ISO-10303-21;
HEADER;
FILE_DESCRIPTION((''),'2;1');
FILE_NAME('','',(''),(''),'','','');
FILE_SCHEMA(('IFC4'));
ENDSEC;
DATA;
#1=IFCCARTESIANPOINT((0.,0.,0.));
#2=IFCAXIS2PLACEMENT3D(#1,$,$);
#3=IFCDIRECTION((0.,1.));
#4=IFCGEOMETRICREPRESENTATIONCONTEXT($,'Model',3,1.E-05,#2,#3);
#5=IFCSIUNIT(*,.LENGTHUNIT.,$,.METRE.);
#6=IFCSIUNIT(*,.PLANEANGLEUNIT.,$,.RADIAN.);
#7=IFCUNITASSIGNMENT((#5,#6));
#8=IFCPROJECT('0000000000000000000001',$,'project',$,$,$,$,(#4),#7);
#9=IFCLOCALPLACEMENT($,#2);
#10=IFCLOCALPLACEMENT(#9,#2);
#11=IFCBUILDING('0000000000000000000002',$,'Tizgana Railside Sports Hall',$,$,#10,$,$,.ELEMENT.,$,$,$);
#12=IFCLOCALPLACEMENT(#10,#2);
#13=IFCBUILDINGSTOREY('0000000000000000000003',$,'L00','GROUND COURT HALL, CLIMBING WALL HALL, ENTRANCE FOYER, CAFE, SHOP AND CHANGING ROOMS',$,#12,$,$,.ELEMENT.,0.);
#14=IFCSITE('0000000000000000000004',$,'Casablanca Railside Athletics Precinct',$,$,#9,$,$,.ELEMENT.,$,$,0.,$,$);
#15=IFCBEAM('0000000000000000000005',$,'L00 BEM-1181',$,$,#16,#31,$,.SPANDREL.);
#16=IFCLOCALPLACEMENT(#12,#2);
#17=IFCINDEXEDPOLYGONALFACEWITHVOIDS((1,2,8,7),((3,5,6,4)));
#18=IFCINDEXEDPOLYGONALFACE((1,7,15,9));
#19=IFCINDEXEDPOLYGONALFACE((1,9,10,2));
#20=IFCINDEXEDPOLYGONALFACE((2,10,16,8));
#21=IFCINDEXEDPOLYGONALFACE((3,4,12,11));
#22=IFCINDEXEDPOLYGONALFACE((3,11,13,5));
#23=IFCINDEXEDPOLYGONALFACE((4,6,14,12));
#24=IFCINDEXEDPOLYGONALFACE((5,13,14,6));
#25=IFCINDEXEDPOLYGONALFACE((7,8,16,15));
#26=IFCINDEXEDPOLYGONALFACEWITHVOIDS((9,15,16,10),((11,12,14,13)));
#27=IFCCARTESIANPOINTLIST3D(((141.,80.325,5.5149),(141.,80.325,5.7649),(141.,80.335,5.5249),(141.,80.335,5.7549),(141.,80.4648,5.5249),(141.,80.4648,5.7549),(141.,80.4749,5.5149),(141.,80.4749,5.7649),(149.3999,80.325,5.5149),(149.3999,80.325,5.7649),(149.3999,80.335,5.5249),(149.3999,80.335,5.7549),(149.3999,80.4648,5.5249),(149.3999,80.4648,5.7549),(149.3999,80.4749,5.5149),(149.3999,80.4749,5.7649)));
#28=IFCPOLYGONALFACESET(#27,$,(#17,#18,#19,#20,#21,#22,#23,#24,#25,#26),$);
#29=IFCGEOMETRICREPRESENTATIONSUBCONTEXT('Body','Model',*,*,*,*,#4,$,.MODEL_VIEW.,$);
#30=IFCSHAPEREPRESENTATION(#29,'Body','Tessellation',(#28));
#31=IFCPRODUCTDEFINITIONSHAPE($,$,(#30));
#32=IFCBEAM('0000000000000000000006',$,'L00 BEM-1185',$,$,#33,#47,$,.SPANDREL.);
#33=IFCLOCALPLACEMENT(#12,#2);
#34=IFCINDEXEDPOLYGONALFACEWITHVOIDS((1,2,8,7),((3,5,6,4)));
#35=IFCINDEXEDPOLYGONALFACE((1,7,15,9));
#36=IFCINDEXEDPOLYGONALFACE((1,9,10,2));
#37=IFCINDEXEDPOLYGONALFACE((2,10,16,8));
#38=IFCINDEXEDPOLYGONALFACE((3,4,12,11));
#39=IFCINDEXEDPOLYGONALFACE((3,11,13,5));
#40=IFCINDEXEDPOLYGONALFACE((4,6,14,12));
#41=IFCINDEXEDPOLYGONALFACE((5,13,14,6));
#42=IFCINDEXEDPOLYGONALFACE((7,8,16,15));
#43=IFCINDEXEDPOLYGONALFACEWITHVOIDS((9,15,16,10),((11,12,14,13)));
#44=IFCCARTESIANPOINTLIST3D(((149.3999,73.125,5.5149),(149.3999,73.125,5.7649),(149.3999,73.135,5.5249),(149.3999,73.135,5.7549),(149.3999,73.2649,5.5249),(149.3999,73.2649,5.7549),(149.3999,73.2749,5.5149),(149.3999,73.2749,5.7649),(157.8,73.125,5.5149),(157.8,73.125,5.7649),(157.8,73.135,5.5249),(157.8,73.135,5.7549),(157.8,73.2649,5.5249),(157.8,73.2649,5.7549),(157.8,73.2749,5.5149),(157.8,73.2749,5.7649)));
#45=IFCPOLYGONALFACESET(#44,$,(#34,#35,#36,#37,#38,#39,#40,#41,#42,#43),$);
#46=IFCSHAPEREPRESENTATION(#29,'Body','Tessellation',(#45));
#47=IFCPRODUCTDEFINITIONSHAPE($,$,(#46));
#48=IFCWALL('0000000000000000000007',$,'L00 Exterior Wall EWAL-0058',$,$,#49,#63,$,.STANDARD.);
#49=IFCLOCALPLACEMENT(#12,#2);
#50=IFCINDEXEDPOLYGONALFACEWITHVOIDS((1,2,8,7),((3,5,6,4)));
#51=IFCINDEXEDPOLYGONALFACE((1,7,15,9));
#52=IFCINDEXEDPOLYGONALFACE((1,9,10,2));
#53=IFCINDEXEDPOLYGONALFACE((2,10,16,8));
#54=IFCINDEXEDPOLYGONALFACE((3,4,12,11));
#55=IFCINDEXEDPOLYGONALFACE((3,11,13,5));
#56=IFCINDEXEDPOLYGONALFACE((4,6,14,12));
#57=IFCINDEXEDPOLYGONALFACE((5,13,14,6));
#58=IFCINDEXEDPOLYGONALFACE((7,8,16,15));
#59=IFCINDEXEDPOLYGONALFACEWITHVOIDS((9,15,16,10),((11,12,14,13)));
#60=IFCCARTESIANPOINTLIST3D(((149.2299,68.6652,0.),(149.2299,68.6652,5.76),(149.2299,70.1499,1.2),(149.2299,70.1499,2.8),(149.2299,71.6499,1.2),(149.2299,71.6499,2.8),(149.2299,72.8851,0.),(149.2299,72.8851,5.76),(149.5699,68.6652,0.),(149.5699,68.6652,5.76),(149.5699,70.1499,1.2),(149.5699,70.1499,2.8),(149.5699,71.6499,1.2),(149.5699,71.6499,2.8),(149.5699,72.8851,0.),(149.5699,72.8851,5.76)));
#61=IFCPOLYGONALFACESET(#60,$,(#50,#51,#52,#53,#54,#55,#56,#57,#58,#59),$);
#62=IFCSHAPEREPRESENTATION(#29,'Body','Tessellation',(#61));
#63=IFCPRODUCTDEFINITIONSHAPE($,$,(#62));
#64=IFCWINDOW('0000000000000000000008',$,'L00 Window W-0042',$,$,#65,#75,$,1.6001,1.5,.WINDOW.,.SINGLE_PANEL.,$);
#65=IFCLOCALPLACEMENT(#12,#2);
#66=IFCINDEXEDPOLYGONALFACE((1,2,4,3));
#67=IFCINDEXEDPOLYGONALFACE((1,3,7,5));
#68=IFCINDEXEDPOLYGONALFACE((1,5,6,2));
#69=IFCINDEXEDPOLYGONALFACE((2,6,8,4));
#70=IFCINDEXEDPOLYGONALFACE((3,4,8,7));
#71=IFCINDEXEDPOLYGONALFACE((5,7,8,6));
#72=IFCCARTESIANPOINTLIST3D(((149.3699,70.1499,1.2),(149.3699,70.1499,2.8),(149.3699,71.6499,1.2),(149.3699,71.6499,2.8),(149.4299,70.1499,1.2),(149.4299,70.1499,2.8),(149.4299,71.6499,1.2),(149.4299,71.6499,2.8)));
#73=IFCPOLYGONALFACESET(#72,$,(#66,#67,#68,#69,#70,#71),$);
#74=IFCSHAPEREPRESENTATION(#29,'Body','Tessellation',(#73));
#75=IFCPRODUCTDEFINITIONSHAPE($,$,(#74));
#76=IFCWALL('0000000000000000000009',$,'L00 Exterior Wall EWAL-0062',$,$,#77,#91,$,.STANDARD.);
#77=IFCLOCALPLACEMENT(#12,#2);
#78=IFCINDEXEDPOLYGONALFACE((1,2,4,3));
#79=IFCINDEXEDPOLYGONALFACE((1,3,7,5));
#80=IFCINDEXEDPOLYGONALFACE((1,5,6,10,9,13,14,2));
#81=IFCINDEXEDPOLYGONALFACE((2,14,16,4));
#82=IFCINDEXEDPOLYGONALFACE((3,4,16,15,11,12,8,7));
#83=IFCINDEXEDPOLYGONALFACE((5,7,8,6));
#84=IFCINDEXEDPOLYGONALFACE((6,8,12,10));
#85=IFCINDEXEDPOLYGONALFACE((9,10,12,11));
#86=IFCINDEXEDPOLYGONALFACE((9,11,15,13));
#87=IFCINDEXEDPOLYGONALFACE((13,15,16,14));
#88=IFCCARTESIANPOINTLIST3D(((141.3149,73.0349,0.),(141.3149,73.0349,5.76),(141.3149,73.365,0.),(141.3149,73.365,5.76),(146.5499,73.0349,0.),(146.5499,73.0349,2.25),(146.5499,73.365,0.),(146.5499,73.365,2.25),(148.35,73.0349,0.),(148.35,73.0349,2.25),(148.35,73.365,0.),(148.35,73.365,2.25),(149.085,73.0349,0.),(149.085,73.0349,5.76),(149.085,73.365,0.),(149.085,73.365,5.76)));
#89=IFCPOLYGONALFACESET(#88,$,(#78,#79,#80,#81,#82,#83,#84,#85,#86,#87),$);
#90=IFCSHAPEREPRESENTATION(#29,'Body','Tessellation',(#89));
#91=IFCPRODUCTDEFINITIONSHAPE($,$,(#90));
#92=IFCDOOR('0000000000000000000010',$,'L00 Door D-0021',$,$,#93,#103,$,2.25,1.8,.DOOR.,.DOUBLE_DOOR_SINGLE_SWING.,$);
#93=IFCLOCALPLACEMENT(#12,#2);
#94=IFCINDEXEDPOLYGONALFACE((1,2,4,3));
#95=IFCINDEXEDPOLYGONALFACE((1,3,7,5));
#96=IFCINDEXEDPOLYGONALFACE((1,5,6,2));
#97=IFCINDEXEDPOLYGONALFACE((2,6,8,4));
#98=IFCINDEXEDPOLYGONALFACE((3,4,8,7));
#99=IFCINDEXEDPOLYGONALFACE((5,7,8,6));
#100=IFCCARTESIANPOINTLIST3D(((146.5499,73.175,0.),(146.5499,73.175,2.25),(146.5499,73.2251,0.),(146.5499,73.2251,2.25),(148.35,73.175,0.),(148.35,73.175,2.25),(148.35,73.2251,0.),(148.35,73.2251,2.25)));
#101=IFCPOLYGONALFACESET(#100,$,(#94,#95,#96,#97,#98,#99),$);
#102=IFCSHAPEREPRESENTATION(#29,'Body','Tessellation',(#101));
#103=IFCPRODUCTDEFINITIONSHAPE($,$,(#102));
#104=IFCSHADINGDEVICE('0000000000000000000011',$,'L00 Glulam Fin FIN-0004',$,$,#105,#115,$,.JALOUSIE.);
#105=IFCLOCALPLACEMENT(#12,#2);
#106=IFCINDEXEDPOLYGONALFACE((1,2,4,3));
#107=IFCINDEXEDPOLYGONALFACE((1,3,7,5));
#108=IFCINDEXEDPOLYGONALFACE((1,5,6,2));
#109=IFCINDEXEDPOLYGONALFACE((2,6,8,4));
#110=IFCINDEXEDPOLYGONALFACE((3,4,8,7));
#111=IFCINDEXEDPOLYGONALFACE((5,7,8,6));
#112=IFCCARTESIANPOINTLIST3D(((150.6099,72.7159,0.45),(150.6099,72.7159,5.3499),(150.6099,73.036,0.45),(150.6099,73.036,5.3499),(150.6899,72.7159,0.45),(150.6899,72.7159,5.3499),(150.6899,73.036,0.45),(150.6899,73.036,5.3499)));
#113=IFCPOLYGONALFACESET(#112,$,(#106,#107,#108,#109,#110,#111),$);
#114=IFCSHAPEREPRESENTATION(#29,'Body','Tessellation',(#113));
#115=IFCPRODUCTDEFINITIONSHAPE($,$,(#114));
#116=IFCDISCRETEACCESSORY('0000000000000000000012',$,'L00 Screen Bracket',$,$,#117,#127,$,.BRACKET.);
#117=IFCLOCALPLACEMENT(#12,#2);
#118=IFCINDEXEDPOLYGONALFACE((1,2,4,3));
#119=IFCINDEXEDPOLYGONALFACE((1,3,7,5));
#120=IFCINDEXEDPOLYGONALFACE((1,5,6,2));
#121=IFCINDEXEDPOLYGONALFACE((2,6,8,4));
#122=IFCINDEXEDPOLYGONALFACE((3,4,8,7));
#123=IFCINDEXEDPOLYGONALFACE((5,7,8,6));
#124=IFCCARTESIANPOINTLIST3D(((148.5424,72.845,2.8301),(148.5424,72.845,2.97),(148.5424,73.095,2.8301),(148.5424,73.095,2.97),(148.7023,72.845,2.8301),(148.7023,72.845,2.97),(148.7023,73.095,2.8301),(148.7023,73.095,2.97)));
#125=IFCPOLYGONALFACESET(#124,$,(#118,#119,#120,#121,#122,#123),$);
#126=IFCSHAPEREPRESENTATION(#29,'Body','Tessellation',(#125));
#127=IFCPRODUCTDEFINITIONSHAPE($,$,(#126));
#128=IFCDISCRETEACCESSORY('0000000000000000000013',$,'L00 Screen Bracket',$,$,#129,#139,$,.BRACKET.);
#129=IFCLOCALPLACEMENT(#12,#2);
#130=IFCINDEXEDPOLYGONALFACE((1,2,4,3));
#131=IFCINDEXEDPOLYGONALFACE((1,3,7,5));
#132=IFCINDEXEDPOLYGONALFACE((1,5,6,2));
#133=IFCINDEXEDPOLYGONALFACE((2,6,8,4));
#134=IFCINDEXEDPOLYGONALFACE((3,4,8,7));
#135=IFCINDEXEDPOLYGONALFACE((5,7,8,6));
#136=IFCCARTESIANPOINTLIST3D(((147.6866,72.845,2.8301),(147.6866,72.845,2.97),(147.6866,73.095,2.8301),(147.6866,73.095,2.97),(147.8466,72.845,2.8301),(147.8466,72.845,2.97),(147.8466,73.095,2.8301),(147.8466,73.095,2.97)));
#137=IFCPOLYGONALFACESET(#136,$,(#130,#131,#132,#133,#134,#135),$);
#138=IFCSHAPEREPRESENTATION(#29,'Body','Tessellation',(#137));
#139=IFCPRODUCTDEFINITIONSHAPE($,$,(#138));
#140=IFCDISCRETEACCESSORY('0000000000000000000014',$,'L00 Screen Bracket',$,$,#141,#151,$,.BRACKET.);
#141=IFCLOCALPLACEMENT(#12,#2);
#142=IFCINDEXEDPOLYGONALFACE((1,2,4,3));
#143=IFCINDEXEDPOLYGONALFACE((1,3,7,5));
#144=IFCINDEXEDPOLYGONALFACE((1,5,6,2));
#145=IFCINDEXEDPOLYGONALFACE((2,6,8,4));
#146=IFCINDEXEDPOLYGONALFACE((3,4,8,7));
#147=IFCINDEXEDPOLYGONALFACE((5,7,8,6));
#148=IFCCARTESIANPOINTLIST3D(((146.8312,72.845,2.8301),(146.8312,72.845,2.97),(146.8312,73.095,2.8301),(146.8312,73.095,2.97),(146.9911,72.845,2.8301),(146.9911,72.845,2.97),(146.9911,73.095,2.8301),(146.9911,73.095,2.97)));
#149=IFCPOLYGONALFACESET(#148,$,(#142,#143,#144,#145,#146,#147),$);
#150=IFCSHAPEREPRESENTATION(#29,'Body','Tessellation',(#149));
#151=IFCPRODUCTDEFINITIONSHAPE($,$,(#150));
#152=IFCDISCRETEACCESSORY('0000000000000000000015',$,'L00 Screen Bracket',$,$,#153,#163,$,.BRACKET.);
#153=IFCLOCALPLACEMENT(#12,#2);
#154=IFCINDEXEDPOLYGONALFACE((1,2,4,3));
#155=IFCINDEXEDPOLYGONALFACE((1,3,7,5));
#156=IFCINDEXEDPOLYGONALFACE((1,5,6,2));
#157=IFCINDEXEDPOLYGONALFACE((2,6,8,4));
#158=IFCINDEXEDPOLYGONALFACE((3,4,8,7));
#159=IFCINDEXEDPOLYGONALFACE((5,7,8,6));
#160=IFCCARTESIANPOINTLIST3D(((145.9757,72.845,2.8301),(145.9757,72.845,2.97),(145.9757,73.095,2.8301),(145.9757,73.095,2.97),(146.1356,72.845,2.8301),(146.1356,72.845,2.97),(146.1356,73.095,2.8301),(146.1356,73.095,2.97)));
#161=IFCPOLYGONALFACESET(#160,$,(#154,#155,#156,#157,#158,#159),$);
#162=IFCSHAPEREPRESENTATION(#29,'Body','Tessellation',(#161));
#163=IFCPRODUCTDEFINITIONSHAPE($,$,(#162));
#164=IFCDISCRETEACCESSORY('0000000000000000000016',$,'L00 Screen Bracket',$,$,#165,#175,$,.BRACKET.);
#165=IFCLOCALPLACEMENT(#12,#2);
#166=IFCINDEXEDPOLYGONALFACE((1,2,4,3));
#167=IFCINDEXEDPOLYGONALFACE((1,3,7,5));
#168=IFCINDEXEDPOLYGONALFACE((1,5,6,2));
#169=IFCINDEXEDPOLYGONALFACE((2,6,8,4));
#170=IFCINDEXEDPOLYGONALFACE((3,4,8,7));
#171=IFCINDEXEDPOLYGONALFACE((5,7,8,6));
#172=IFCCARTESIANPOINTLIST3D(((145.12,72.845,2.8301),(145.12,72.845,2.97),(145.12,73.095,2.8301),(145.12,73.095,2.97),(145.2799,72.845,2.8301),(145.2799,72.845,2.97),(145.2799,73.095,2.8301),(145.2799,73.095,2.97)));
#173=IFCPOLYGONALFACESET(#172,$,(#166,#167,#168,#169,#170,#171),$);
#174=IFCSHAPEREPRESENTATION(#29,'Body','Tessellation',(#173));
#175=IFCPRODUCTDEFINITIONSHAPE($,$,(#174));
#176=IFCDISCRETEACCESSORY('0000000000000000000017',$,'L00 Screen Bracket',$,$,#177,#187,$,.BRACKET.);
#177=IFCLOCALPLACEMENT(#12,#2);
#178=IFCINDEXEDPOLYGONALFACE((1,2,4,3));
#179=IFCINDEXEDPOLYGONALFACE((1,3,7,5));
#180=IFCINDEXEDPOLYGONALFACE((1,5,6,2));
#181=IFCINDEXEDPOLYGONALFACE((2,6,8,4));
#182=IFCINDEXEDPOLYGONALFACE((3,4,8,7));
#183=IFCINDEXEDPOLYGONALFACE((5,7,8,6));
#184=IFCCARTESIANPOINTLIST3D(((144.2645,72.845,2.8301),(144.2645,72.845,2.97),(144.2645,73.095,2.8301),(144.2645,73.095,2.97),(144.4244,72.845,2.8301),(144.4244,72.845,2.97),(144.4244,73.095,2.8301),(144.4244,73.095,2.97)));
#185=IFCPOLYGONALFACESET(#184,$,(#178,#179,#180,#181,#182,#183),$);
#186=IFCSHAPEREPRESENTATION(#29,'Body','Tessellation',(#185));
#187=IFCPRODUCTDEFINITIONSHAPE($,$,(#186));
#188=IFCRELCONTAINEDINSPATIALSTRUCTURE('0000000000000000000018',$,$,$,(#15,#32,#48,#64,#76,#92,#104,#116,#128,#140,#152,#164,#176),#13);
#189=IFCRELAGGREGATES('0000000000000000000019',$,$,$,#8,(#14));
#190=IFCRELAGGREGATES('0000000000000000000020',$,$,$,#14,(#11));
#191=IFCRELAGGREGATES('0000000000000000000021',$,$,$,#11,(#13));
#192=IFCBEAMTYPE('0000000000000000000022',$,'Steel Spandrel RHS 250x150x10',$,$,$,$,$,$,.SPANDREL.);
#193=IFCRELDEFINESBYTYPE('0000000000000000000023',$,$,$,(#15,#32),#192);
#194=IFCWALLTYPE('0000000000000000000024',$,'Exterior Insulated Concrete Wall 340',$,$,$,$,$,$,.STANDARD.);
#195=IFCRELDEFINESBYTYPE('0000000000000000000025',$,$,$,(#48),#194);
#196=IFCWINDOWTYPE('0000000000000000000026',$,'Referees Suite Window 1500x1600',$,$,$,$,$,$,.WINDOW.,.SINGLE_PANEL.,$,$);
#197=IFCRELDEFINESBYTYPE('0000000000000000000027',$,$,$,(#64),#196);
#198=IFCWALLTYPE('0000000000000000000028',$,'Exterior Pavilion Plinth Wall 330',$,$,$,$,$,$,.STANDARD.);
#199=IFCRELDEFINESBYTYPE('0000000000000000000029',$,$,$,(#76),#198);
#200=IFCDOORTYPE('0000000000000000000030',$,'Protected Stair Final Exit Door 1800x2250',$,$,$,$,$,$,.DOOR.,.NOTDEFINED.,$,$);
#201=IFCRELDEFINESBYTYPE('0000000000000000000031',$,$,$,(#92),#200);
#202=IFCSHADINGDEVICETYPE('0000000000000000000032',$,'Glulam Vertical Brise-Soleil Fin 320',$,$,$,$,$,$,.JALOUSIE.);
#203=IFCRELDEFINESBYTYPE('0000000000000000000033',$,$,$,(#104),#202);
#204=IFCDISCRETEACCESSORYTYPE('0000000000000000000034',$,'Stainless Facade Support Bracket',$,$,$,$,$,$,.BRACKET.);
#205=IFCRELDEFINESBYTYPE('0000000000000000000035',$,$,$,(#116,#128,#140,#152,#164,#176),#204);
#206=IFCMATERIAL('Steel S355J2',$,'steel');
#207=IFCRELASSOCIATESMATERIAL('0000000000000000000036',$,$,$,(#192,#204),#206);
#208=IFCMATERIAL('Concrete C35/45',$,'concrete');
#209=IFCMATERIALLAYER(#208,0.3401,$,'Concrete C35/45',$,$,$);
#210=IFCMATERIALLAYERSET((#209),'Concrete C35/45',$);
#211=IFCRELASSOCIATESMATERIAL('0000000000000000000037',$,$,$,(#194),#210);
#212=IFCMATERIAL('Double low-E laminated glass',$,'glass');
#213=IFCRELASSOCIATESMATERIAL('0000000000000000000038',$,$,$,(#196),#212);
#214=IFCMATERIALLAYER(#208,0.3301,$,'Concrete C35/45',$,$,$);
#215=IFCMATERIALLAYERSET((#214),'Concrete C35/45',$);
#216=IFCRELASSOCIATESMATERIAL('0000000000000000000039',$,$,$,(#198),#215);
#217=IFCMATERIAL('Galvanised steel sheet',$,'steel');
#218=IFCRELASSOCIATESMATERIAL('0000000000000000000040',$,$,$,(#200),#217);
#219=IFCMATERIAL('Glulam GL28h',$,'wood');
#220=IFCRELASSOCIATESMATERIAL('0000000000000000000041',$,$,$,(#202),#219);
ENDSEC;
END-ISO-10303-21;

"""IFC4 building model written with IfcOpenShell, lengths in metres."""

from ifc_helpers import new_model, si_unit, direction, frame, frame_2d, origin, origin_2d, place, context, subcontext, project, spatial, rectangle, hollow_rectangle, extrude, material, layer, layer_set, material_profile, profile_set, type_object, element, fill, save


model = new_model("IFC4")

# Units and contexts
model_context = context("Model", 3, precision=1e-05, world=origin(), true_north=direction((0.0, 1.0)))
body_context = subcontext(model_context, "Body", "Model", "MODEL_VIEW")
ifc_project = project(units=[si_unit("LENGTHUNIT", "METRE"), si_unit("PLANEANGLEUNIT", "RADIAN")], contexts=[model_context])

# Site, building, storey
site_placement = place(None, origin())
site = spatial("IfcSite", under=ifc_project, at=site_placement, Name="Casablanca Railside Athletics Precinct", CompositionType="ELEMENT", RefElevation=0.0)
building_placement = place(site_placement, origin())
building = spatial("IfcBuilding", under=site, at=building_placement, Name="Tizgana Railside Sports Hall", CompositionType="ELEMENT")
storey_placement = place(building_placement, origin())
storey = spatial("IfcBuildingStorey", under=building, at=storey_placement, Name="L00", Description="GROUND COURT HALL, CLIMBING WALL HALL, ENTRANCE FOYER, CAFE, SHOP AND CHANGING ROOMS", CompositionType="ELEMENT", Elevation=0.0)

# Beams
ifc_material_1 = material(Name="Steel S355J2", Category="steel")
ifc_material_profile_1 = material_profile(ifc_material_1, hollow_rectangle(XDim=0.1499, YDim=0.25, WallThickness=0.01, at=origin_2d()), Name="RHS 250x150x10")
ifc_profile_set_1 = profile_set([ifc_material_profile_1], Name="Steel S355J2")
beam_type_1 = type_object("IfcBeamType", Name="Steel Spandrel RHS 250x150x10", PredefinedType="SPANDREL", material=ifc_profile_set_1)
for number, where, z_axis, x_axis, name in (
    (1, (141.0, 80.3999, 5.6399), (1.0, 0.0, 0.0), (0.0, 1.0, 0.0), "L00 BEM-1181"),
):
    element("IfcBeam", number, at=place(storey_placement, frame(where, z_axis=z_axis, x_axis=x_axis)), inside=storey, type_object=beam_type_1, Name=name, PredefinedType="SPANDREL", context=body_context, shape_type="SweptSolid", body=[
        extrude(hollow_rectangle(XDim=0.1499, YDim=0.25, WallThickness=0.01, at=origin_2d()), origin(), (0.0, 0.0, 1.0), 8.3999),
    ])
beam_1_placement = place(storey_placement, frame((149.3999, 73.2, 5.6399), z_axis=(1.0, 0.0, 0.0), x_axis=(0.0, 1.0, 0.0)))
element("IfcBeam", 2, at=beam_1_placement, inside=storey, type_object=beam_type_1, Name="L00 BEM-1185", PredefinedType="SPANDREL", context=body_context, shape_type="SweptSolid", body=[
    extrude(hollow_rectangle(XDim=0.1499, YDim=0.25, WallThickness=0.01, at=origin_2d()), origin(), (0.0, 0.0, 1.0), 8.4001),
])

# Wall, opening, window
ifc_material_2 = material(Name="Concrete C35/45", Category="concrete")
ifc_layer_1 = layer(ifc_material_2, 0.3401, Name="Concrete C35/45")
ifc_layer_set_1 = layer_set([ifc_layer_1], Name="Concrete C35/45")
wall_type_1 = type_object("IfcWallType", Name="Exterior Insulated Concrete Wall 340", PredefinedType="STANDARD", material=ifc_layer_set_1)
wall_1_placement = place(storey_placement, frame((149.3999, 72.885, 0.0), z_axis=(0.0, 0.0, 1.0), x_axis=(0.0, -1.0, 0.0)))
wall_1 = element("IfcWall", 3, at=wall_1_placement, inside=storey, type_object=wall_type_1, Name="L00 Exterior Wall EWAL-0058", PredefinedType="STANDARD", context=body_context, shape_type="SweptSolid", body=[
    extrude(rectangle(XDim=4.22, YDim=0.3401, at=frame_2d((2.1099, 0.0))), origin(), (0.0, 0.0, 1.0), 5.76),
])
opening_1_placement = place(wall_1_placement, frame((1.2351, 0.0, 1.2)))
opening_1 = element("IfcOpeningElement", 4, at=opening_1_placement, cuts=wall_1, PredefinedType="OPENING", context=body_context, shape_type="SweptSolid", body=[
    extrude(rectangle(XDim=1.5, YDim=1.6001, at=frame_2d((0.75, 0.8))), frame((0.0, 0.1799, 0.0), z_axis=(0.0, -1.0, 0.0), x_axis=(1.0, 0.0, 0.0)), (0.0, 0.0, 1.0), 0.3601),
])
ifc_material_3 = material(Name="Double low-E laminated glass", Category="glass")
window_type = type_object("IfcWindowType", Name="Referees Suite Window 1500x1600", PartitioningType="SINGLE_PANEL", PredefinedType="WINDOW", material=ifc_material_3)
window_placement = place(opening_1_placement, origin())
window = element("IfcWindow", 5, at=window_placement, inside=storey, type_object=window_type, Name="L00 Window W-0042", OverallHeight=1.6001, OverallWidth=1.5, PartitioningType="SINGLE_PANEL", PredefinedType="WINDOW", context=body_context, shape_type="SweptSolid", body=[
    extrude(rectangle(XDim=1.5, YDim=1.6001, at=frame_2d((0.75, 0.8))), frame((0.0, 0.03, 0.0), z_axis=(0.0, -1.0, 0.0), x_axis=(1.0, 0.0, 0.0)), (0.0, 0.0, 1.0), 0.0601),
])
fill(opening_1, window)

# Wall, opening, door
ifc_layer_2 = layer(ifc_material_2, 0.3301, Name="Concrete C35/45")
ifc_layer_set_2 = layer_set([ifc_layer_2], Name="Concrete C35/45")
wall_type_2 = type_object("IfcWallType", Name="Exterior Pavilion Plinth Wall 330", PredefinedType="STANDARD", material=ifc_layer_set_2)
wall_2_placement = place(storey_placement, frame((149.085, 73.2, 0.0), z_axis=(0.0, 0.0, 1.0), x_axis=(-1.0, 0.0, 0.0)))
wall_2 = element("IfcWall", 6, at=wall_2_placement, inside=storey, type_object=wall_type_2, Name="L00 Exterior Wall EWAL-0062", PredefinedType="STANDARD", context=body_context, shape_type="SweptSolid", body=[
    extrude(rectangle(XDim=7.77, YDim=0.3301, at=frame_2d((3.885, 0.0))), origin(), (0.0, 0.0, 1.0), 5.76),
])
opening_2_placement = place(wall_2_placement, frame((0.7351, 0.0, 0.0)))
opening_2 = element("IfcOpeningElement", 7, at=opening_2_placement, cuts=wall_2, PredefinedType="OPENING", context=body_context, shape_type="SweptSolid", body=[
    extrude(rectangle(XDim=1.8, YDim=2.25, at=frame_2d((0.8999, 1.125))), frame((0.0, 0.175, 0.0), z_axis=(0.0, -1.0, 0.0), x_axis=(1.0, 0.0, 0.0)), (0.0, 0.0, 1.0), 0.3501),
])
ifc_material_4 = material(Name="Galvanised steel sheet", Category="steel")
door_type = type_object("IfcDoorType", Name="Protected Stair Final Exit Door 1800x2250", OperationType="NOTDEFINED", PredefinedType="DOOR", material=ifc_material_4)
door_placement = place(opening_2_placement, origin())
door = element("IfcDoor", 8, at=door_placement, inside=storey, type_object=door_type, Name="L00 Door D-0021", OperationType="DOUBLE_DOOR_SINGLE_SWING", OverallHeight=2.25, OverallWidth=1.8, PredefinedType="DOOR", context=body_context, shape_type="SweptSolid", body=[
    extrude(rectangle(XDim=1.8, YDim=2.25, at=frame_2d((0.8999, 1.125))), frame((0.0, 0.0249, 0.0), z_axis=(0.0, -1.0, 0.0), x_axis=(1.0, 0.0, 0.0)), (0.0, 0.0, 1.0), 0.05),
])
fill(opening_2, door)

# Shading device
ifc_material_5 = material(Name="Glulam GL28h", Category="wood")
shading_device_type = type_object("IfcShadingDeviceType", Name="Glulam Vertical Brise-Soleil Fin 320", PredefinedType="JALOUSIE", material=ifc_material_5)
shading_device_placement = place(storey_placement, frame((150.6499, 72.876, 0.45), z_axis=(0.0, 0.0, 1.0), x_axis=(-1.0, 0.0, 0.0)))
element("IfcShadingDevice", 9, at=shading_device_placement, inside=storey, type_object=shading_device_type, Name="L00 Glulam Fin FIN-0004", PredefinedType="JALOUSIE", context=body_context, shape_type="SweptSolid", body=[
    extrude(rectangle(XDim=0.0801, YDim=0.3201, at=origin_2d()), origin(), (0.0, 0.0, 1.0), 4.8999),
])

# Discrete accessories
discrete_accessory_type = type_object("IfcDiscreteAccessoryType", Name="Stainless Facade Support Bracket", PredefinedType="BRACKET", material=ifc_material_1)
for number, where, z_axis, x_axis, name in (
    (10, (148.6223, 72.97, 2.8301), (0.0, 0.0, 1.0), (-1.0, 0.0, 0.0), "L00 Screen Bracket"),
    (11, (147.7666, 72.97, 2.8301), (0.0, 0.0, 1.0), (-1.0, 0.0, 0.0), "L00 Screen Bracket"),
    (12, (146.9111, 72.97, 2.8301), (0.0, 0.0, 1.0), (-1.0, 0.0, 0.0), "L00 Screen Bracket"),
    (13, (146.0557, 72.97, 2.8301), (0.0, 0.0, 1.0), (-1.0, 0.0, 0.0), "L00 Screen Bracket"),
    (14, (145.2, 72.97, 2.8301), (0.0, 0.0, 1.0), (-1.0, 0.0, 0.0), "L00 Screen Bracket"),
    (15, (144.3445, 72.97, 2.8301), (0.0, 0.0, 1.0), (-1.0, 0.0, 0.0), "L00 Screen Bracket"),
):
    element("IfcDiscreteAccessory", number, at=place(storey_placement, frame(where, z_axis=z_axis, x_axis=x_axis)), inside=storey, type_object=discrete_accessory_type, Name=name, PredefinedType="BRACKET", context=body_context, shape_type="SweptSolid", body=[
        extrude(rectangle(XDim=0.1599, YDim=0.25, at=origin_2d()), origin(), (0.0, 0.0, 1.0), 0.1399),
    ])

save(model, "model.ifc")
